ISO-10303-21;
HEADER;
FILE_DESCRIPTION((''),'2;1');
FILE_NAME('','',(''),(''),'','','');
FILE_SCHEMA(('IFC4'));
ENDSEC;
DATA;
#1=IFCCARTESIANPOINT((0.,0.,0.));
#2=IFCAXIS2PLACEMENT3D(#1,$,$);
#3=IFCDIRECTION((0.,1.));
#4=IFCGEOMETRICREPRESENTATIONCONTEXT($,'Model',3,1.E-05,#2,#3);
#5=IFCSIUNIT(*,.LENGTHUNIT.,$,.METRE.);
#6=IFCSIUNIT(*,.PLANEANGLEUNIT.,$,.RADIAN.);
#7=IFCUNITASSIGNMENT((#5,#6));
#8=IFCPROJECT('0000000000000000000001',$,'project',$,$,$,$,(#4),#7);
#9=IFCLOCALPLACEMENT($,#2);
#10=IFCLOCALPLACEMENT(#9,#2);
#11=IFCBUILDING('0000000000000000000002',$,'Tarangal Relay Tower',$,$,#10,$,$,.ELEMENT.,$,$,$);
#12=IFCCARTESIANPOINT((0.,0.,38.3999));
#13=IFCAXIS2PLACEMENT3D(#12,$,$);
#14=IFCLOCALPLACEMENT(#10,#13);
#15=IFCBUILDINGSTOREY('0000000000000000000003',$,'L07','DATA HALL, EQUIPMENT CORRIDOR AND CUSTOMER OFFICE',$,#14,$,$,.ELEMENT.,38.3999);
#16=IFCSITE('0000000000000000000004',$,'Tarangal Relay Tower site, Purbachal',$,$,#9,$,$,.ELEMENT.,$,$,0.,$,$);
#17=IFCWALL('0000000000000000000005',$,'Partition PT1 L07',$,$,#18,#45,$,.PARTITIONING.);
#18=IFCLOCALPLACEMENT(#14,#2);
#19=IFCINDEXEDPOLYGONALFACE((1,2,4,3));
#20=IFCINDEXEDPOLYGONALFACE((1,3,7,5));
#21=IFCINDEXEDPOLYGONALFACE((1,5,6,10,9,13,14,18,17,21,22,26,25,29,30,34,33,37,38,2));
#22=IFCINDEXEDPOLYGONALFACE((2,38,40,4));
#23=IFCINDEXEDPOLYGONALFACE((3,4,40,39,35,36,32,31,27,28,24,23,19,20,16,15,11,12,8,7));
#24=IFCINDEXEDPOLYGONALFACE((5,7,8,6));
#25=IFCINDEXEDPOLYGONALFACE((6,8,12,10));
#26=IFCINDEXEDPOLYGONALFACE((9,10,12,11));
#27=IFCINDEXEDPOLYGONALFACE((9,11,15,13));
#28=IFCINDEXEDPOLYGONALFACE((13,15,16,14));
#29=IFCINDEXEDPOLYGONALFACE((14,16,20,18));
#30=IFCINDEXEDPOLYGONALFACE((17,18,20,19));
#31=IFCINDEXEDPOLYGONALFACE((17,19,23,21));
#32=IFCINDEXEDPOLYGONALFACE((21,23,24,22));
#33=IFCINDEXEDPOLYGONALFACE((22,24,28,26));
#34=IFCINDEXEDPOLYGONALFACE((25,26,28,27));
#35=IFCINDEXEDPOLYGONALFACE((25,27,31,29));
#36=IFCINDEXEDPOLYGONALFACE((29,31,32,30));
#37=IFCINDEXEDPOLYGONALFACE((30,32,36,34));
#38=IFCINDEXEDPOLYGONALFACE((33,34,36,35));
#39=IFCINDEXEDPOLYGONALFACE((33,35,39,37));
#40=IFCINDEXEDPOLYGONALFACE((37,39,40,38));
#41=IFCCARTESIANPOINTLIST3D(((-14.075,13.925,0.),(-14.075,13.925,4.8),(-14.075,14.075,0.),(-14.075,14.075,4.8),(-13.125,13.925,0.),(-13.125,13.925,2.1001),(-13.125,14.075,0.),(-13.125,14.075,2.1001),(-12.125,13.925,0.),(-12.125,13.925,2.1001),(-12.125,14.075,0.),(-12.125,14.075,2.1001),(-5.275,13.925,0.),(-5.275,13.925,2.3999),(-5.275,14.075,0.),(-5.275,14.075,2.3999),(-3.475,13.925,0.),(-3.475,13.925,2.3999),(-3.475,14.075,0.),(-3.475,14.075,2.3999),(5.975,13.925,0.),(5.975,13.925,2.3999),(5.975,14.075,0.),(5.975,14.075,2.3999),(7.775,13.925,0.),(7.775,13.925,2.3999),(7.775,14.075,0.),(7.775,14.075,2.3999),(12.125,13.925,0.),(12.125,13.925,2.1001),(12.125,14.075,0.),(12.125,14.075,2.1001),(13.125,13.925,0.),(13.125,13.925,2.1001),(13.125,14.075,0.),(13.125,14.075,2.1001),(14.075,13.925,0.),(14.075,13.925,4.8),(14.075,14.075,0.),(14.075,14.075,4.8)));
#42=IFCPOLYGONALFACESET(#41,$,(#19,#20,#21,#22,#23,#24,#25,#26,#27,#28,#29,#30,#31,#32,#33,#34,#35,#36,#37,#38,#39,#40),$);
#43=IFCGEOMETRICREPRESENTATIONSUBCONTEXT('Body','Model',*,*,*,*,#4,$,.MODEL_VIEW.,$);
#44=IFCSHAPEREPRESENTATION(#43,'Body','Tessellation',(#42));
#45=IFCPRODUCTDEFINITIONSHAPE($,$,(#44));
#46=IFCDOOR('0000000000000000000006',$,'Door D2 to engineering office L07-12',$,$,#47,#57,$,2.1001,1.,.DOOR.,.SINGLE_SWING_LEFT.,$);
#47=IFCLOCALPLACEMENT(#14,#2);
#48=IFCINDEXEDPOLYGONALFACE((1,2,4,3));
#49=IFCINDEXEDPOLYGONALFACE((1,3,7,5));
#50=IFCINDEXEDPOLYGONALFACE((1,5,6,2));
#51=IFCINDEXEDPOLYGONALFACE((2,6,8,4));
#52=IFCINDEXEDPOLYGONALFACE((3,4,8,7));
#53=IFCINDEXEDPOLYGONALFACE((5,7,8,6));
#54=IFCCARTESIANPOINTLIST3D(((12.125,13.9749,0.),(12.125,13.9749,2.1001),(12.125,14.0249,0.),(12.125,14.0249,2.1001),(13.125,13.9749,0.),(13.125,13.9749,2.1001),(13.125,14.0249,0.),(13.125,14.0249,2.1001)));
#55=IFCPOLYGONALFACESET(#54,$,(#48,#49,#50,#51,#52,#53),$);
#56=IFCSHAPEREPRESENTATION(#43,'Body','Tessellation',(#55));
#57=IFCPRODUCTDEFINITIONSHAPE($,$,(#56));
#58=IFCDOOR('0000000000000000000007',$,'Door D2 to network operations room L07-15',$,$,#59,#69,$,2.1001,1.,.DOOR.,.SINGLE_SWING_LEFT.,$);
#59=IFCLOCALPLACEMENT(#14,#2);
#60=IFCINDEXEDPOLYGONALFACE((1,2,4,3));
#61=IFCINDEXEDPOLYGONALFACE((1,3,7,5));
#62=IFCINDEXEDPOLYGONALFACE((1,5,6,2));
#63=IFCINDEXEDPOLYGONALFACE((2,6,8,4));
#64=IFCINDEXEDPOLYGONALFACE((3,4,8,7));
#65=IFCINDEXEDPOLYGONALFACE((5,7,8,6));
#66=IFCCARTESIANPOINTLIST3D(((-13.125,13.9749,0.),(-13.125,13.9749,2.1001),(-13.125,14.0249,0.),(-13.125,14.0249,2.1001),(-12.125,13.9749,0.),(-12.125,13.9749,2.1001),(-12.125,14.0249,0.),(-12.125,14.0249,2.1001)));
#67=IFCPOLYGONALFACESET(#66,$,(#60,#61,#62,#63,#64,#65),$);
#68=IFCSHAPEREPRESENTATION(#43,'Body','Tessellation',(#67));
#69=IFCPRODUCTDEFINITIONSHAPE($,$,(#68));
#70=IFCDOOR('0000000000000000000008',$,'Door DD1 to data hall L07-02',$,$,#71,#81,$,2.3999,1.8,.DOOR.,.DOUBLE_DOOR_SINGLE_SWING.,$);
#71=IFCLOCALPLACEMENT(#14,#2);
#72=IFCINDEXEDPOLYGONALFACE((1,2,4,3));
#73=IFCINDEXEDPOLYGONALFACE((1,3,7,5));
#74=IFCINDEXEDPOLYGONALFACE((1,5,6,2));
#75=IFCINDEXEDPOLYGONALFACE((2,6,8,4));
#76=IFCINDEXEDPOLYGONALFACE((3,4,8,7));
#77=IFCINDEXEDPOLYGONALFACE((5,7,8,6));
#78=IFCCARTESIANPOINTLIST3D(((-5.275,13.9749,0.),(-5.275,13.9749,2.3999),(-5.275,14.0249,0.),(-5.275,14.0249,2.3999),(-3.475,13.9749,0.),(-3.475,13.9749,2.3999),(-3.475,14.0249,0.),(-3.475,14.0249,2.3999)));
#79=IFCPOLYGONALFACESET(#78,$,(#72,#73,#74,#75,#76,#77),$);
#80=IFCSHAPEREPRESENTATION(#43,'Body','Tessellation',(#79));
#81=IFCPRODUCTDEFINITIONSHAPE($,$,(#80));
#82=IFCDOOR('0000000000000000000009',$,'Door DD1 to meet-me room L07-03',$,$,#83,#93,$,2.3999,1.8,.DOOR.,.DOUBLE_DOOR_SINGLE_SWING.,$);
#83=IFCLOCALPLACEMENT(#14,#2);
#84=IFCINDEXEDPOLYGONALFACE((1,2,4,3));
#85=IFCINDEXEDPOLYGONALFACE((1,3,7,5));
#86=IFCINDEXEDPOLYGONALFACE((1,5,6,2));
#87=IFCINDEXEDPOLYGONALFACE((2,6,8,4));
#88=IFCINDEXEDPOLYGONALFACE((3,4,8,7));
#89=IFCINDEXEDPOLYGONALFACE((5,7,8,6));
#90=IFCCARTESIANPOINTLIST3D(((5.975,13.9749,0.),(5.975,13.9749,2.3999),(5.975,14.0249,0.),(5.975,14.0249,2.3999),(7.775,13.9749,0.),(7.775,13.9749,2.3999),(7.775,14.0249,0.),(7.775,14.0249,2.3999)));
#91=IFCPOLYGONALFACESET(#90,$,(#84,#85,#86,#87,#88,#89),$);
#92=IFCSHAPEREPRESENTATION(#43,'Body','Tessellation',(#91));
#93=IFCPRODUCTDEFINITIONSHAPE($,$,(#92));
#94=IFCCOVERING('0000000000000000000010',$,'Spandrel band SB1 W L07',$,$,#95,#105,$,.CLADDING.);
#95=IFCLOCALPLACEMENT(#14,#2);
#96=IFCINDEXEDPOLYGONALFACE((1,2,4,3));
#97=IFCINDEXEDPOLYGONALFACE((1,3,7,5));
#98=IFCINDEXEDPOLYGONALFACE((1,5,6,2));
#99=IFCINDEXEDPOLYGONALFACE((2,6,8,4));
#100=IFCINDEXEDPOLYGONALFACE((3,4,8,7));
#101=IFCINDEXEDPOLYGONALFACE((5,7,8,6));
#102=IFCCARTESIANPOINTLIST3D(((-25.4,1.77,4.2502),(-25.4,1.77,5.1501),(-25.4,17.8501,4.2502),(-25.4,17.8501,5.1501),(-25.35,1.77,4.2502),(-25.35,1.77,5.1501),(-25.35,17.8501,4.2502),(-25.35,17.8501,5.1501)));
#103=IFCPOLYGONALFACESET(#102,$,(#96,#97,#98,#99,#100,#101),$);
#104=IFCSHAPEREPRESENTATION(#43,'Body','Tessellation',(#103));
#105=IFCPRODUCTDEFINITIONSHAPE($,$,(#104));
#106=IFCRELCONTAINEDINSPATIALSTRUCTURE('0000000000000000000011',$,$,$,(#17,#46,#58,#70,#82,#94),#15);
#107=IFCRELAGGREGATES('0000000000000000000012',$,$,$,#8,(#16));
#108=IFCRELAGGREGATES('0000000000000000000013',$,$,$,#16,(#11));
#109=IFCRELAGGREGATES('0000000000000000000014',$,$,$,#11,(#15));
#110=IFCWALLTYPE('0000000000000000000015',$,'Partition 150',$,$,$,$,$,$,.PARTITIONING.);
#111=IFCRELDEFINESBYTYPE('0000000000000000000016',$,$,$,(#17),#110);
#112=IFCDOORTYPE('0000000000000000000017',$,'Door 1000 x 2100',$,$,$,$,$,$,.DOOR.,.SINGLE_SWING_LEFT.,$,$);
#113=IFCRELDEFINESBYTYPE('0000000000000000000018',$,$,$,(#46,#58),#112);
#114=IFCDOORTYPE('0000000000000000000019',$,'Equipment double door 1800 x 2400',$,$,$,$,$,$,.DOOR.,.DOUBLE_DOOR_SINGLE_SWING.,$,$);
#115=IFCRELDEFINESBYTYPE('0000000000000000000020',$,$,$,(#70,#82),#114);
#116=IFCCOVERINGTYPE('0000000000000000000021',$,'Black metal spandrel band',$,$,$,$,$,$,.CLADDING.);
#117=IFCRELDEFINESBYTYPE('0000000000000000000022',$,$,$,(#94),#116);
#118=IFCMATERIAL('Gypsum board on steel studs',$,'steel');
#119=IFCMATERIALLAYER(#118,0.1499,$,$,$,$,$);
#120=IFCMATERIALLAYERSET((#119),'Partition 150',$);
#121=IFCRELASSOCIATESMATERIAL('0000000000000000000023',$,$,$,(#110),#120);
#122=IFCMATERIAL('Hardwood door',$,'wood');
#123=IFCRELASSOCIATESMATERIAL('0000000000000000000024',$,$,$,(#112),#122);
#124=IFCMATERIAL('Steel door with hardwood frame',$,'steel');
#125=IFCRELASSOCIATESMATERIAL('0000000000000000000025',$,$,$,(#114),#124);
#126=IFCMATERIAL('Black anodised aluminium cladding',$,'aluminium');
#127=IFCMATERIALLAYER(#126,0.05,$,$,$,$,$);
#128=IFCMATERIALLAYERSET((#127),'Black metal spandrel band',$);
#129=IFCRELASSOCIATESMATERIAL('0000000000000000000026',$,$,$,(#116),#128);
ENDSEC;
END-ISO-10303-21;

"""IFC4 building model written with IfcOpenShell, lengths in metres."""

from ifc_helpers import new_model, si_unit, direction, frame, frame_2d, origin, origin_2d, place, context, subcontext, project, spatial, rectangle, extrude, material, layer, layer_set, type_object, element, fill, save


model = new_model("IFC4")

# Units and contexts
model_context = context("Model", 3, precision=1e-05, world=origin(), true_north=direction((0.0, 1.0)))
body_context = subcontext(model_context, "Body", "Model", "MODEL_VIEW")
ifc_project = project(units=[si_unit("LENGTHUNIT", "METRE"), si_unit("PLANEANGLEUNIT", "RADIAN")], contexts=[model_context])

# Site, building, storey
site_placement = place(None, origin())
site = spatial("IfcSite", under=ifc_project, at=site_placement, Name="Tarangal Relay Tower site, Purbachal", CompositionType="ELEMENT", RefElevation=0.0)
building_placement = place(site_placement, origin())
building = spatial("IfcBuilding", under=site, at=building_placement, Name="Tarangal Relay Tower", CompositionType="ELEMENT")
storey_placement = place(building_placement, frame((0.0, 0.0, 38.3999)))
storey = spatial("IfcBuildingStorey", under=building, at=storey_placement, Name="L07", Description="DATA HALL, EQUIPMENT CORRIDOR AND CUSTOMER OFFICE", CompositionType="ELEMENT", Elevation=38.3999)

# Shared definitions
ifc_material_1 = material(Name="Steel door with hardwood frame", Category="steel")

# Shared definitions
ifc_material_2 = material(Name="Gypsum board on steel studs", Category="steel")
ifc_layer_1 = layer(ifc_material_2, 0.1499)
ifc_layer_set_1 = layer_set([ifc_layer_1], Name="Partition 150")
wall_type_1 = type_object("IfcWallType", Name="Partition 150", PredefinedType="PARTITIONING", material=ifc_layer_set_1)

# Wall, openings, doors
wall_1_placement = place(storey_placement, frame((-14.075, 14.0, 0.0), z_axis=(0.0, 0.0, 1.0), x_axis=(1.0, 0.0, 0.0)))
wall_1 = element("IfcWall", 1, at=wall_1_placement, inside=storey, type_object=wall_type_1, Name="Partition PT1 L07", PredefinedType="PARTITIONING", context=body_context, shape_type="SweptSolid", body=[
    extrude(rectangle(XDim=28.1499, YDim=0.1499, at=frame_2d((14.075, 0.0))), origin(), (0.0, 0.0, 1.0), 4.8),
])
opening_1_placement = place(wall_1_placement, frame((8.8, 0.0, 0.0)))
opening_1 = element("IfcOpeningElement", 2, at=opening_1_placement, cuts=wall_1, PredefinedType="OPENING", context=body_context, shape_type="SweptSolid", body=[
    extrude(rectangle(XDim=1.8, YDim=2.3999, at=frame_2d((0.8999, 1.2))), frame((0.0, 0.085, 0.0), z_axis=(0.0, -1.0, 0.0), x_axis=(1.0, 0.0, 0.0)), (0.0, 0.0, 1.0), 0.1699),
])
opening_2_placement = place(wall_1_placement, frame((20.05, 0.0, 0.0)))
opening_2 = element("IfcOpeningElement", 3, at=opening_2_placement, cuts=wall_1, PredefinedType="OPENING", context=body_context, shape_type="SweptSolid", body=[
    extrude(rectangle(XDim=1.8, YDim=2.3999, at=frame_2d((0.8999, 1.2))), frame((0.0, 0.085, 0.0), z_axis=(0.0, -1.0, 0.0), x_axis=(1.0, 0.0, 0.0)), (0.0, 0.0, 1.0), 0.1699),
])
opening_3_placement = place(wall_1_placement, frame((26.2, 0.0, 0.0)))
opening_3 = element("IfcOpeningElement", 4, at=opening_3_placement, cuts=wall_1, PredefinedType="OPENING", context=body_context, shape_type="SweptSolid", body=[
    extrude(rectangle(XDim=1.0, YDim=2.1001, at=frame_2d((0.5, 1.05))), frame((0.0, 0.085, 0.0), z_axis=(0.0, -1.0, 0.0), x_axis=(1.0, 0.0, 0.0)), (0.0, 0.0, 1.0), 0.1699),
])
opening_4_placement = place(wall_1_placement, frame((0.95, 0.0, 0.0)))
opening_4 = element("IfcOpeningElement", 5, at=opening_4_placement, cuts=wall_1, PredefinedType="OPENING", context=body_context, shape_type="SweptSolid", body=[
    extrude(rectangle(XDim=1.0, YDim=2.1001, at=frame_2d((0.5, 1.05))), frame((0.0, 0.085, 0.0), z_axis=(0.0, -1.0, 0.0), x_axis=(1.0, 0.0, 0.0)), (0.0, 0.0, 1.0), 0.1699),
])
ifc_material_3 = material(Name="Hardwood door", Category="wood")
door_type_1 = type_object("IfcDoorType", Name="Door 1000 x 2100", OperationType="SINGLE_SWING_LEFT", PredefinedType="DOOR", material=ifc_material_3)
door_1_placement = place(opening_3_placement, origin())
door_1 = element("IfcDoor", 6, at=door_1_placement, inside=storey, type_object=door_type_1, Name="Door D2 to engineering office L07-12", OperationType="SINGLE_SWING_LEFT", OverallHeight=2.1001, OverallWidth=1.0, PredefinedType="DOOR", context=body_context, shape_type="SweptSolid", body=[
    extrude(rectangle(XDim=1.0, YDim=2.1001, at=frame_2d((0.5, 1.05))), frame((0.0, 0.0249, 0.0), z_axis=(0.0, -1.0, 0.0), x_axis=(1.0, 0.0, 0.0)), (0.0, 0.0, 1.0), 0.05),
])
fill(opening_3, door_1)
door_2_placement = place(opening_4_placement, origin())
door_2 = element("IfcDoor", 7, at=door_2_placement, inside=storey, type_object=door_type_1, Name="Door D2 to network operations room L07-15", OperationType="SINGLE_SWING_LEFT", OverallHeight=2.1001, OverallWidth=1.0, PredefinedType="DOOR", context=body_context, shape_type="SweptSolid", body=[
    extrude(rectangle(XDim=1.0, YDim=2.1001, at=frame_2d((0.5, 1.05))), frame((0.0, 0.0249, 0.0), z_axis=(0.0, -1.0, 0.0), x_axis=(1.0, 0.0, 0.0)), (0.0, 0.0, 1.0), 0.05),
])
fill(opening_4, door_2)
door_type_2 = type_object("IfcDoorType", Name="Equipment double door 1800 x 2400", OperationType="DOUBLE_DOOR_SINGLE_SWING", PredefinedType="DOOR", material=ifc_material_1)
door_3_placement = place(opening_1_placement, origin())
door_3 = element("IfcDoor", 8, at=door_3_placement, inside=storey, type_object=door_type_2, Name="Door DD1 to data hall L07-02", OperationType="DOUBLE_DOOR_SINGLE_SWING", OverallHeight=2.3999, OverallWidth=1.8, PredefinedType="DOOR", context=body_context, shape_type="SweptSolid", body=[
    extrude(rectangle(XDim=1.8, YDim=2.3999, at=frame_2d((0.8999, 1.2))), frame((0.0, 0.0249, 0.0), z_axis=(0.0, -1.0, 0.0), x_axis=(1.0, 0.0, 0.0)), (0.0, 0.0, 1.0), 0.05),
])
fill(opening_1, door_3)
door_4_placement = place(opening_2_placement, origin())
door_4 = element("IfcDoor", 9, at=door_4_placement, inside=storey, type_object=door_type_2, Name="Door DD1 to meet-me room L07-03", OperationType="DOUBLE_DOOR_SINGLE_SWING", OverallHeight=2.3999, OverallWidth=1.8, PredefinedType="DOOR", context=body_context, shape_type="SweptSolid", body=[
    extrude(rectangle(XDim=1.8, YDim=2.3999, at=frame_2d((0.8999, 1.2))), frame((0.0, 0.0249, 0.0), z_axis=(0.0, -1.0, 0.0), x_axis=(1.0, 0.0, 0.0)), (0.0, 0.0, 1.0), 0.05),
])
fill(opening_2, door_4)

# Covering
ifc_material_4 = material(Name="Black anodised aluminium cladding", Category="aluminium")
ifc_layer_2 = layer(ifc_material_4, 0.05)
ifc_layer_set_2 = layer_set([ifc_layer_2], Name="Black metal spandrel band")
covering_type = type_object("IfcCoveringType", Name="Black metal spandrel band", PredefinedType="CLADDING", material=ifc_layer_set_2)
covering_placement = place(storey_placement, frame((-25.375, 9.8101, 4.2502), z_axis=(0.0, 0.0, 1.0), x_axis=(0.0, 1.0, 0.0)))
element("IfcCovering", 10, at=covering_placement, inside=storey, type_object=covering_type, Name="Spandrel band SB1 W L07", PredefinedType="CLADDING", context=body_context, shape_type="SweptSolid", body=[
    extrude(rectangle(XDim=16.0801, YDim=0.05, at=origin_2d()), origin(), (0.0, 0.0, 1.0), 0.8999),
])

save(model, "model.ifc")
